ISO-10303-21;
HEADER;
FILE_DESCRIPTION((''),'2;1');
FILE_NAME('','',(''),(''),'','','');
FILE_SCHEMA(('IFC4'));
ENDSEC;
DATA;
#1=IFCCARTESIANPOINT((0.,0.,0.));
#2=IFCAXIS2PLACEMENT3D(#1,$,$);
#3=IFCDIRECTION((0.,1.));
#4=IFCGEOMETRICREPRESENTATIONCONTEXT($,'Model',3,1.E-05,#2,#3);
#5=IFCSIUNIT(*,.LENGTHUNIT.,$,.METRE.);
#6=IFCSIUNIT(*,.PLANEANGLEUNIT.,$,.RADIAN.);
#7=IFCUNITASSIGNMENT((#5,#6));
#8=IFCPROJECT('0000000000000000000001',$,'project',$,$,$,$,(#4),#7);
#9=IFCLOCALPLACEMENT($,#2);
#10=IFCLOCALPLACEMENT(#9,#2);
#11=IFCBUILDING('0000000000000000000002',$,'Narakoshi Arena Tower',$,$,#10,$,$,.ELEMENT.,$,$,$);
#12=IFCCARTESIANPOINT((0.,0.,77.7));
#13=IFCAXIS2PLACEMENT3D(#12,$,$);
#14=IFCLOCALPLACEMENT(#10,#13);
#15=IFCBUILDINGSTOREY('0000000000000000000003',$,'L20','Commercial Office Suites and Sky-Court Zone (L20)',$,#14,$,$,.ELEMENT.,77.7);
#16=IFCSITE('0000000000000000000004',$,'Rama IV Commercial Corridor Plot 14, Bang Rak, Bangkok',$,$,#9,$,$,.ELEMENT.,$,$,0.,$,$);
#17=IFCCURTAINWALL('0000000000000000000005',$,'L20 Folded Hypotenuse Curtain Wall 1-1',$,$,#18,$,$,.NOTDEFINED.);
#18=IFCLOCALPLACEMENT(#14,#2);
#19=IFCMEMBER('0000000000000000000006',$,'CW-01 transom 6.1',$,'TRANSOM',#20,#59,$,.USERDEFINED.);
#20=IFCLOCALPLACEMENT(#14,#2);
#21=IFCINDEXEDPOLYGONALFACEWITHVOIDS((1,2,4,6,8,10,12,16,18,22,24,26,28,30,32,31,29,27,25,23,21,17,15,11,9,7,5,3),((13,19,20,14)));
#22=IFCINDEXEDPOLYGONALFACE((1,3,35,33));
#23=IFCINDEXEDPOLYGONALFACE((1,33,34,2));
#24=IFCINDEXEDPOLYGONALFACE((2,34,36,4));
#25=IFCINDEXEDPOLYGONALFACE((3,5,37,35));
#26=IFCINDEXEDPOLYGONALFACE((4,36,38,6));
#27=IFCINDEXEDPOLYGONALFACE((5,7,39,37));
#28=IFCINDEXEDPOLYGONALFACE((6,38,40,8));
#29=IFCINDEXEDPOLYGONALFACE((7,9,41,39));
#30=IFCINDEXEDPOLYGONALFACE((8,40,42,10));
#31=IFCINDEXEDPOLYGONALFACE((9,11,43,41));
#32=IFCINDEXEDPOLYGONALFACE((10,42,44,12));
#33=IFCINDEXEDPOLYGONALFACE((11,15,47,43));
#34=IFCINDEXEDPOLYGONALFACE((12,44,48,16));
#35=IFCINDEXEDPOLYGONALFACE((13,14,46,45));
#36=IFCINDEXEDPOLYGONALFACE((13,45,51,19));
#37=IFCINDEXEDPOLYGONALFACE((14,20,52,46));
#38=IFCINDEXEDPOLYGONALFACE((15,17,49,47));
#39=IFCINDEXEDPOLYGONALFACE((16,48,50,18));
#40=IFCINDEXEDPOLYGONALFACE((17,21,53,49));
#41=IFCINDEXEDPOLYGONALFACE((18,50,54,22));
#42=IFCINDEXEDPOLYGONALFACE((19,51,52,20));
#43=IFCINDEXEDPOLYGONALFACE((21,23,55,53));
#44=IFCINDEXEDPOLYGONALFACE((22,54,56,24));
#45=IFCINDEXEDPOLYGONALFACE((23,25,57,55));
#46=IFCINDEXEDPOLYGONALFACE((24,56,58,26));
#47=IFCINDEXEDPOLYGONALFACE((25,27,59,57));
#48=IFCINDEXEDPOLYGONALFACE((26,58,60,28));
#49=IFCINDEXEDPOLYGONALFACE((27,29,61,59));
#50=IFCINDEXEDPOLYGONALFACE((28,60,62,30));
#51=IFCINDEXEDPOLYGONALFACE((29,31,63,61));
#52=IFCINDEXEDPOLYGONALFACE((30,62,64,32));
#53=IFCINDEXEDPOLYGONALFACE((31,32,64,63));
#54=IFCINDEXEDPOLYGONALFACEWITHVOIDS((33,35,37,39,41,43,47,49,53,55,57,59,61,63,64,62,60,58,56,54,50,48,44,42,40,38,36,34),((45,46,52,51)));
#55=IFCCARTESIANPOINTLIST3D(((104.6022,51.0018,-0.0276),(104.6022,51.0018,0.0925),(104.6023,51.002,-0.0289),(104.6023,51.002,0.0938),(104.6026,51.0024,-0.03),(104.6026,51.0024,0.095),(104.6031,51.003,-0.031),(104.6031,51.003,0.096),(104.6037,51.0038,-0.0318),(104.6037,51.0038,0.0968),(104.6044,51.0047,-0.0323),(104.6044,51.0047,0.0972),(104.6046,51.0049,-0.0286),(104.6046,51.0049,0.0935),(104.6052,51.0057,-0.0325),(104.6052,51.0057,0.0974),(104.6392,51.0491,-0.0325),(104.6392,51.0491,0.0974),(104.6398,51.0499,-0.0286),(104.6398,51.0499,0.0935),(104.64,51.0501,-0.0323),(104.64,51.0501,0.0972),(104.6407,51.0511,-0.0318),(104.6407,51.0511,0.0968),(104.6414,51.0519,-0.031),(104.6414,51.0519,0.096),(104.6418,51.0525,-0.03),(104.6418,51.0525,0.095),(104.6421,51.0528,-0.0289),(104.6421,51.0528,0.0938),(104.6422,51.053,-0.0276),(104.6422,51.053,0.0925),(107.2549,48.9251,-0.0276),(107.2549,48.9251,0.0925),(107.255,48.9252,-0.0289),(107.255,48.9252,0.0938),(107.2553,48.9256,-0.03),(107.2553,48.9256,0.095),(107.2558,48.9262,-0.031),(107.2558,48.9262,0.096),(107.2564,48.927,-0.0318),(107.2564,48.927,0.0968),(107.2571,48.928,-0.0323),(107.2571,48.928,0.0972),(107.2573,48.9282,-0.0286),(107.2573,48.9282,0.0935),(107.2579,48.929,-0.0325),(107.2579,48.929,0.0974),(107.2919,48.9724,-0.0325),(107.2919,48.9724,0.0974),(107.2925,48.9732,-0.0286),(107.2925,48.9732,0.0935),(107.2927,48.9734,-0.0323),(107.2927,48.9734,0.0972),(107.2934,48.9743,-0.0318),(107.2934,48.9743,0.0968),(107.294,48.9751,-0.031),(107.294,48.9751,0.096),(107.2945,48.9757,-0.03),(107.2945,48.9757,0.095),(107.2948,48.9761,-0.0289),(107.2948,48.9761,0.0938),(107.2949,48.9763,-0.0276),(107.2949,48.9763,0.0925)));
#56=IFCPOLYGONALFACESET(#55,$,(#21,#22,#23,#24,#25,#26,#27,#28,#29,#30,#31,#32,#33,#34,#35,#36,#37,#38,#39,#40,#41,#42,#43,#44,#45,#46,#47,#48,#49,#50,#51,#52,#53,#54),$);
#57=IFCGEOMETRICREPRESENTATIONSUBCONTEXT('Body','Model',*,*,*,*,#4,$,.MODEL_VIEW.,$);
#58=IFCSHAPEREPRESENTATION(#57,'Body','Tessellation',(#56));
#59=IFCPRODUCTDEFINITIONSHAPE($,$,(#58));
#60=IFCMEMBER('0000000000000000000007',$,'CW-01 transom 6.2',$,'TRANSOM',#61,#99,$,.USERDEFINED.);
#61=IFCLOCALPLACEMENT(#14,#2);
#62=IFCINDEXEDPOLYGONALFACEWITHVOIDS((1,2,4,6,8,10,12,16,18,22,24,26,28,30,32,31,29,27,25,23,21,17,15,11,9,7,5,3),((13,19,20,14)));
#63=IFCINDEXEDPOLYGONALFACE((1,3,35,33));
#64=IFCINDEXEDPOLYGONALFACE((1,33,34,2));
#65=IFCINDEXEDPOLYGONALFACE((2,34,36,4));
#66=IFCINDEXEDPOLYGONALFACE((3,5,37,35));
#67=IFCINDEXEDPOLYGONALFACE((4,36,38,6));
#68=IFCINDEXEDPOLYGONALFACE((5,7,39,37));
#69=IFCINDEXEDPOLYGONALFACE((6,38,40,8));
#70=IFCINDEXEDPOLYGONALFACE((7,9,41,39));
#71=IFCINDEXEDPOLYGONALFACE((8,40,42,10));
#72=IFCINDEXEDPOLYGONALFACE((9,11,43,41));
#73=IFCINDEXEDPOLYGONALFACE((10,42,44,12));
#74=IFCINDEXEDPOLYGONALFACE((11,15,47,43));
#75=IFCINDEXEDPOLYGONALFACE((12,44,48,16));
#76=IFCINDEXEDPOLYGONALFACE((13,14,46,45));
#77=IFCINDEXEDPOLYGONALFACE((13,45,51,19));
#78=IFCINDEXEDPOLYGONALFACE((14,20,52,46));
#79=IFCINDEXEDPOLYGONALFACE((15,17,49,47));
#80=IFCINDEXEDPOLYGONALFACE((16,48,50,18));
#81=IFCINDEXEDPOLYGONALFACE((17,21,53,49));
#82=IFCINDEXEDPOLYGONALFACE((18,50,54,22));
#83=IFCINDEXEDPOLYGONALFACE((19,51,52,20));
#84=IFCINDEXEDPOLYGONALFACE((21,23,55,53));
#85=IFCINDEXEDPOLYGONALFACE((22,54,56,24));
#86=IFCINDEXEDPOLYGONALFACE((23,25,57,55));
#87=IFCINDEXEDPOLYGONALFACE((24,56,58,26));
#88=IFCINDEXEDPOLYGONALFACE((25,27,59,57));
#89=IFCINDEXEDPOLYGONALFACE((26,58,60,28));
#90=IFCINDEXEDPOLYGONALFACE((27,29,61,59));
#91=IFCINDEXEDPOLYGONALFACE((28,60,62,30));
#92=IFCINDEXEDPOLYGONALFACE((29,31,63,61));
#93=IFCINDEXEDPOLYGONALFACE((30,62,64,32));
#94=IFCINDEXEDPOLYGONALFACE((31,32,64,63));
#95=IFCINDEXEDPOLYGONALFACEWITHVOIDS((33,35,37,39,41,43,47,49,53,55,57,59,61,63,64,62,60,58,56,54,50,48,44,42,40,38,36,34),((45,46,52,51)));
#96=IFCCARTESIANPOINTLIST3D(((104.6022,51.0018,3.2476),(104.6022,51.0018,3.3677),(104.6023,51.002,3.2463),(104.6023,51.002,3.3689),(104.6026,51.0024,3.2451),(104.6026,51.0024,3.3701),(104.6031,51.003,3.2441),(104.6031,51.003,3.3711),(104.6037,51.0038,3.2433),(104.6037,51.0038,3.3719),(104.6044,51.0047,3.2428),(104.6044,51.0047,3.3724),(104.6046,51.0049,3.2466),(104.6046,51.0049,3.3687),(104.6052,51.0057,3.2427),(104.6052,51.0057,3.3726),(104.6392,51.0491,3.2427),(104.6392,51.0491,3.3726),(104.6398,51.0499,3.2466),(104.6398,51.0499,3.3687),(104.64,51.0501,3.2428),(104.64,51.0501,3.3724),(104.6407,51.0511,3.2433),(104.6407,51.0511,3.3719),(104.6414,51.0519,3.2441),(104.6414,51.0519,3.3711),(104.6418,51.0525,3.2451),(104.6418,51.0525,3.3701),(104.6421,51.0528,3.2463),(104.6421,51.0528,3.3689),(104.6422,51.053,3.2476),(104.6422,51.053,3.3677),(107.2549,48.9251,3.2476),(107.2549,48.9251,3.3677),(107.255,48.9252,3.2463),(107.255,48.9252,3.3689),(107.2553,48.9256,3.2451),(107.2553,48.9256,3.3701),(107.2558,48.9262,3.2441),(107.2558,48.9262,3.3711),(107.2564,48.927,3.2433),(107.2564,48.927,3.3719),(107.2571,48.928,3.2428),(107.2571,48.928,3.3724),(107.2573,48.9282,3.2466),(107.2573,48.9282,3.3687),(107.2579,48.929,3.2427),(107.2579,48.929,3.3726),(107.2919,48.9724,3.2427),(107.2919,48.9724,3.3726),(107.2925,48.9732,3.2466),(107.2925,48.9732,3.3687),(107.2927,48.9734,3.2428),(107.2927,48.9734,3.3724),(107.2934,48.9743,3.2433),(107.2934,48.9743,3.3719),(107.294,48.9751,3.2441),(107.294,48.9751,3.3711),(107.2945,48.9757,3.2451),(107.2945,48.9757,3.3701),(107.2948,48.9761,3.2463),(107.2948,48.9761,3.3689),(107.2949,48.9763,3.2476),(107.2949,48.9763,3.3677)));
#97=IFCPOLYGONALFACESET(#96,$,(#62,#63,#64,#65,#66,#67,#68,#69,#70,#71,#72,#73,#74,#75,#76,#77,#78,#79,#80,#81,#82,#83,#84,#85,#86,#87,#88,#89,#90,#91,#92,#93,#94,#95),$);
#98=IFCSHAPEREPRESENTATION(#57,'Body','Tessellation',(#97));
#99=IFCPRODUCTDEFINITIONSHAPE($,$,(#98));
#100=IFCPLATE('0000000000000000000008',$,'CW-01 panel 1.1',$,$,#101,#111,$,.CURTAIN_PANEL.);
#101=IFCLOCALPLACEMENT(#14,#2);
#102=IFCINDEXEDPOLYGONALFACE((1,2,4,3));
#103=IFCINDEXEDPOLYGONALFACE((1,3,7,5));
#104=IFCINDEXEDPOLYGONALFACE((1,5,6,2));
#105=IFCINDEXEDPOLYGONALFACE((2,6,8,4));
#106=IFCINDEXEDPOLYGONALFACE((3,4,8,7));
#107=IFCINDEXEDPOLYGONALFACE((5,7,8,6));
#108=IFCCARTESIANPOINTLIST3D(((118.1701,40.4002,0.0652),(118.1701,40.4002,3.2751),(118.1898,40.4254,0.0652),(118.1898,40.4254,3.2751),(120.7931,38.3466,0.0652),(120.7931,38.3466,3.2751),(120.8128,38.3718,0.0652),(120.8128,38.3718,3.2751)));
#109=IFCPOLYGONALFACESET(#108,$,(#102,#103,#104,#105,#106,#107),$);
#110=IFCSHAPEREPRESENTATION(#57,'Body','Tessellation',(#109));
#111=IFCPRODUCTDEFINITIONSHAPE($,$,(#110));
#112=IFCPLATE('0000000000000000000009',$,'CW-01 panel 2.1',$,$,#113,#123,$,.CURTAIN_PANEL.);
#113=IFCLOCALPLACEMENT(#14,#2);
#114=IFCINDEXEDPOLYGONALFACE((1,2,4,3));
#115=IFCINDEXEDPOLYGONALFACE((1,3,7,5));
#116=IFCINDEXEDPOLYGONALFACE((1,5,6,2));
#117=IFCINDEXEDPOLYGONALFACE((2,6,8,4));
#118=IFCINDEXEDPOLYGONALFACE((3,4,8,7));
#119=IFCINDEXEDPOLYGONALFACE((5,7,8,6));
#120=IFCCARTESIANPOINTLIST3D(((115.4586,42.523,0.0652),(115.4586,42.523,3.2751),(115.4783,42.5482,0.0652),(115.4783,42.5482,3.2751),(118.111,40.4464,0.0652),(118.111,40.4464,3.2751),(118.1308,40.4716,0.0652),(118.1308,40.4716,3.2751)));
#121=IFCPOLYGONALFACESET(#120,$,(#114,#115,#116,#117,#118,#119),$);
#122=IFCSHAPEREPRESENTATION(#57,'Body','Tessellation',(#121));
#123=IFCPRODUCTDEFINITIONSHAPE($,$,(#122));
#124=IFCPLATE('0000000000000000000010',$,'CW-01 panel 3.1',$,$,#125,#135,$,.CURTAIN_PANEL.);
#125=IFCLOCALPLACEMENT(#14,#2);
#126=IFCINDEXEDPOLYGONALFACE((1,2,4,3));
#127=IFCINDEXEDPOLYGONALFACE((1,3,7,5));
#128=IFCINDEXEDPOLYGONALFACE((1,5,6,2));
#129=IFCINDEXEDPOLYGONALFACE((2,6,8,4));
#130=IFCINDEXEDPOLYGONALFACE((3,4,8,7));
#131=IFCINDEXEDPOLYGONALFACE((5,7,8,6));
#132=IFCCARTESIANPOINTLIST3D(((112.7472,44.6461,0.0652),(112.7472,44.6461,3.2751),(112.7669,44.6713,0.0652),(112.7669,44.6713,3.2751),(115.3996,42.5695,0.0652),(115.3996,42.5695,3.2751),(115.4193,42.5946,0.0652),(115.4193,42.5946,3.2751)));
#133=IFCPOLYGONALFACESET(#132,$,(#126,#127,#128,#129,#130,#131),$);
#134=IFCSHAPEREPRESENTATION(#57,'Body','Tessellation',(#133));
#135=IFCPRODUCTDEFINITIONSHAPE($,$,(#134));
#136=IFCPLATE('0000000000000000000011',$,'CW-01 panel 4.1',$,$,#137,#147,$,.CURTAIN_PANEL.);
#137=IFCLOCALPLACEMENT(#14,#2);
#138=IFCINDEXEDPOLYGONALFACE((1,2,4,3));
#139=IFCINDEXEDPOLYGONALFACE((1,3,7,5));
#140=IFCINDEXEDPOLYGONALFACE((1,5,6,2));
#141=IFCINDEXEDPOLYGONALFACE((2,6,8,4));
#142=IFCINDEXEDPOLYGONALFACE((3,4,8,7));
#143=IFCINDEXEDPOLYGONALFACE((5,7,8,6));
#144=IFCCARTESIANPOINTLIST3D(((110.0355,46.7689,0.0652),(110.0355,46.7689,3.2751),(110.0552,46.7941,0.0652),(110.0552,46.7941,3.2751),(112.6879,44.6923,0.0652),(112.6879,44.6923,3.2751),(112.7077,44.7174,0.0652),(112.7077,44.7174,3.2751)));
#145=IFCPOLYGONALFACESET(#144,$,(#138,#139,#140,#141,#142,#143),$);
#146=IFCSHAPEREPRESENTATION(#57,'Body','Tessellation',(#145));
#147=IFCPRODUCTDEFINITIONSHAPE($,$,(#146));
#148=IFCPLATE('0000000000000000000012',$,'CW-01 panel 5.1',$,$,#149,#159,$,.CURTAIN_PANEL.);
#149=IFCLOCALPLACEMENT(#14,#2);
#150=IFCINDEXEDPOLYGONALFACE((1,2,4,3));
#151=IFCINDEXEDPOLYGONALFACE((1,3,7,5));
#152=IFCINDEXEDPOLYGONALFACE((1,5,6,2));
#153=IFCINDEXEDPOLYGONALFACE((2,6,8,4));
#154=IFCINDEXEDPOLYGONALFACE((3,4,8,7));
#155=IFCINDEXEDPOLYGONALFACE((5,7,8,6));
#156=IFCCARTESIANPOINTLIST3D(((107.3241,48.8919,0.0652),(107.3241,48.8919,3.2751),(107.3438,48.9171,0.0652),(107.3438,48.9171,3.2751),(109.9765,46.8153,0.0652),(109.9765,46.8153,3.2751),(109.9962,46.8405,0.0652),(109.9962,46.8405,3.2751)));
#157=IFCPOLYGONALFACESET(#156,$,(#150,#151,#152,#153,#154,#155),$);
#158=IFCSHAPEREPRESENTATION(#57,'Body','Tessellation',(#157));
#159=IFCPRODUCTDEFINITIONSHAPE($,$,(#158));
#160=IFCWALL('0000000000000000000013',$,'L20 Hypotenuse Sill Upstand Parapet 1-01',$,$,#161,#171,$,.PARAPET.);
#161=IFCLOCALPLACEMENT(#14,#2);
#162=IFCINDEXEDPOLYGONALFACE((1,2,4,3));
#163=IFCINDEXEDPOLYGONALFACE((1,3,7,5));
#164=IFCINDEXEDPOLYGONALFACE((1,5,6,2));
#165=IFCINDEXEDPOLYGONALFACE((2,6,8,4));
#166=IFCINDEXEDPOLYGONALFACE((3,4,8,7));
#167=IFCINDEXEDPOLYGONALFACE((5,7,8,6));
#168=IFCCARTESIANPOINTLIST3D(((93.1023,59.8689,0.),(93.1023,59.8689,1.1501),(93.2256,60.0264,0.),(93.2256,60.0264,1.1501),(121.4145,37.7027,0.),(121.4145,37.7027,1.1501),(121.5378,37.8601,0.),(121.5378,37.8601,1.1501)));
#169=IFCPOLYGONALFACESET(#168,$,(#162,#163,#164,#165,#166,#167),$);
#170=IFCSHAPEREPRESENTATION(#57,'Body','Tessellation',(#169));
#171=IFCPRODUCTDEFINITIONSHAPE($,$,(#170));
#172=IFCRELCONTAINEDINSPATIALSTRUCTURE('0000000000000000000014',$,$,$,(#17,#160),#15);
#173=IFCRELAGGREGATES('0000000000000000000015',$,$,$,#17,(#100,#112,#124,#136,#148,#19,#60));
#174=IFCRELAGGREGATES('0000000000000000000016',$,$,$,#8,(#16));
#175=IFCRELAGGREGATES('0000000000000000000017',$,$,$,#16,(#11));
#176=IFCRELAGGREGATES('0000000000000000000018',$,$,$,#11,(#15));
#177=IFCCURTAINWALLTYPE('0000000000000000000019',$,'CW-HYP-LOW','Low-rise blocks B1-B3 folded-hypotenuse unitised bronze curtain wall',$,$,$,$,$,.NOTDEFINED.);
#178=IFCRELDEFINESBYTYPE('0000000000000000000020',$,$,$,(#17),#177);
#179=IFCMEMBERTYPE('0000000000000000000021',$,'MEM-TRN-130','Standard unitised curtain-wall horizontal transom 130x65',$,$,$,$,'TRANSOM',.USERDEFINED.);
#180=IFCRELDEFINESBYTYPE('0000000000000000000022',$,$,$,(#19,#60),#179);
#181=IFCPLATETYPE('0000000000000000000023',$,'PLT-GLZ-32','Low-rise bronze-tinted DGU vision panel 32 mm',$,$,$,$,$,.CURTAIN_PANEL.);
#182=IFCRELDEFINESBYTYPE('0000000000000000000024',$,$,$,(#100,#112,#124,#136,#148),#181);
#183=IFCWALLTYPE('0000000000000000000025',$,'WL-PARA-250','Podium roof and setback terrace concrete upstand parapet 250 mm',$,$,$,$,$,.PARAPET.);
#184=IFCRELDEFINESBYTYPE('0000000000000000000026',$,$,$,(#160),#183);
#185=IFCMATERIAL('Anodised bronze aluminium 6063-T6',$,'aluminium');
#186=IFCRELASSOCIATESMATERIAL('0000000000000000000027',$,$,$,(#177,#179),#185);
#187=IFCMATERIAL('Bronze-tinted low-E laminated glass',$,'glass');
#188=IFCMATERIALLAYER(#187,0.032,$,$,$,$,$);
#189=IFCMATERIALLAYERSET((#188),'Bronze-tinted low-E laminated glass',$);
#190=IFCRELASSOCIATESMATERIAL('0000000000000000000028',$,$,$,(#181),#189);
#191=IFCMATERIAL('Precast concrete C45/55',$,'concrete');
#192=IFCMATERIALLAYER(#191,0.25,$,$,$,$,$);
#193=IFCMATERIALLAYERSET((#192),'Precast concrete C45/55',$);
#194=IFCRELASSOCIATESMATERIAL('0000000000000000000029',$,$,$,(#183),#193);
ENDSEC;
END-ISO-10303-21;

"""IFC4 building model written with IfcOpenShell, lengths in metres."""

from ifc_helpers import new_model, si_unit, direction, frame, frame_2d, origin, origin_2d, place, context, subcontext, project, spatial, rectangle, hollow_rectangle, extrude, material, layer, layer_set, material_profile, profile_set, type_object, element, aggregate, save


model = new_model("IFC4")

# Units and contexts
model_context = context("Model", 3, precision=1e-05, world=origin(), true_north=direction((0.0, 1.0)))
body_context = subcontext(model_context, "Body", "Model", "MODEL_VIEW")
ifc_project = project(units=[si_unit("LENGTHUNIT", "METRE"), si_unit("PLANEANGLEUNIT", "RADIAN")], contexts=[model_context])

# Site, building, storey
site_placement = place(None, origin())
site = spatial("IfcSite", under=ifc_project, at=site_placement, Name="Rama IV Commercial Corridor Plot 14, Bang Rak, Bangkok", CompositionType="ELEMENT", RefElevation=0.0)
building_placement = place(site_placement, origin())
building = spatial("IfcBuilding", under=site, at=building_placement, Name="Narakoshi Arena Tower", CompositionType="ELEMENT")
storey_placement = place(building_placement, frame((0.0, 0.0, 77.7)))
storey = spatial("IfcBuildingStorey", under=building, at=storey_placement, Name="L20", Description="Commercial Office Suites and Sky-Court Zone (L20)", CompositionType="ELEMENT", Elevation=77.7)

# Curtain wall, members, plates
ifc_material_1 = material(Name="Anodised bronze aluminium 6063-T6", Category="aluminium")
curtain_wall_type = type_object("IfcCurtainWallType", Name="CW-HYP-LOW", Description="Low-rise blocks B1-B3 folded-hypotenuse unitised bronze curtain wall", PredefinedType="NOTDEFINED", material=ifc_material_1)
curtain_wall_placement = place(storey_placement, origin())
curtain_wall = element("IfcCurtainWall", 1, at=curtain_wall_placement, inside=storey, type_object=curtain_wall_type, Name="L20 Folded Hypotenuse Curtain Wall 1-1", PredefinedType="NOTDEFINED")
ifc_material_profile_1 = material_profile(ifc_material_1, hollow_rectangle(XDim=0.0649, YDim=0.1299, WallThickness=0.0039, OuterFilletRadius=0.0049, at=origin_2d()), Name="TRN130x65x4")
ifc_profile_set_1 = profile_set([ifc_material_profile_1], Name="Anodised bronze aluminium 6063-T6")
member_type_1 = type_object("IfcMemberType", Name="MEM-TRN-130", Description="Standard unitised curtain-wall horizontal transom 130x65", ElementType="TRANSOM", PredefinedType="USERDEFINED", material=ifc_profile_set_1)
member_1_placement = place(storey_placement, frame((107.2749, 48.9507, 0.0325), z_axis=(-0.787401, 0.616441, 0.0), x_axis=(-0.616441, -0.787401, 0.0)))
member_1 = element("IfcMember", 2, at=member_1_placement, type_object=member_type_1, Name="CW-01 transom 6.1", ObjectType="TRANSOM", PredefinedType="USERDEFINED", context=body_context, shape_type="SweptSolid", body=[
    extrude(hollow_rectangle(XDim=0.0649, YDim=0.1299, WallThickness=0.0039, OuterFilletRadius=0.0049, at=origin_2d()), origin(), (0.0, 0.0, 1.0), 3.3689),
])
member_2_placement = place(storey_placement, frame((107.2749, 48.9507, 3.3076), z_axis=(-0.787401, 0.616441, 0.0), x_axis=(-0.616441, -0.787401, 0.0)))
member_2 = element("IfcMember", 3, at=member_2_placement, type_object=member_type_1, Name="CW-01 transom 6.2", ObjectType="TRANSOM", PredefinedType="USERDEFINED", context=body_context, shape_type="SweptSolid", body=[
    extrude(hollow_rectangle(XDim=0.0649, YDim=0.1299, WallThickness=0.0039, OuterFilletRadius=0.0049, at=origin_2d()), origin(), (0.0, 0.0, 1.0), 3.3689),
])
ifc_material_2 = material(Name="Bronze-tinted low-E laminated glass", Category="glass")
ifc_layer_1 = layer(ifc_material_2, 0.032)
ifc_layer_set_1 = layer_set([ifc_layer_1], Name="Bronze-tinted low-E laminated glass")
plate_type = type_object("IfcPlateType", Name="PLT-GLZ-32", Description="Low-rise bronze-tinted DGU vision panel 32 mm", PredefinedType="CURTAIN_PANEL", material=ifc_layer_set_1)
plate_1_placement = place(storey_placement, frame((119.4915, 39.386, 0.0652), z_axis=(0.0, 0.0, 1.0), x_axis=(-0.787388, 0.616458, 0.0)))
plate_1 = element("IfcPlate", 4, at=plate_1_placement, type_object=plate_type, Name="CW-01 panel 1.1", PredefinedType="CURTAIN_PANEL", context=body_context, shape_type="SweptSolid", body=[
    extrude(rectangle(XDim=3.3313, YDim=0.032, at=origin_2d()), origin(), (0.0, 0.0, 1.0), 3.21),
])
plate_2_placement = place(storey_placement, frame((116.7947, 41.4973, 0.0652), z_axis=(0.0, 0.0, 1.0), x_axis=(-0.787388, 0.616458, 0.0)))
plate_2 = element("IfcPlate", 5, at=plate_2_placement, type_object=plate_type, Name="CW-01 panel 2.1", PredefinedType="CURTAIN_PANEL", context=body_context, shape_type="SweptSolid", body=[
    extrude(rectangle(XDim=3.3687, YDim=0.032, at=origin_2d()), origin(), (0.0, 0.0, 1.0), 3.21),
])
plate_3_placement = place(storey_placement, frame((114.0833, 43.6204, 0.0652), z_axis=(0.0, 0.0, 1.0), x_axis=(-0.787388, 0.616458, 0.0)))
plate_3 = element("IfcPlate", 6, at=plate_3_placement, type_object=plate_type, Name="CW-01 panel 3.1", PredefinedType="CURTAIN_PANEL", context=body_context, shape_type="SweptSolid", body=[
    extrude(rectangle(XDim=3.3687, YDim=0.032, at=origin_2d()), origin(), (0.0, 0.0, 1.0), 3.21),
])
plate_4_placement = place(storey_placement, frame((111.3716, 45.7432, 0.0652), z_axis=(0.0, 0.0, 1.0), x_axis=(-0.787388, 0.616458, 0.0)))
plate_4 = element("IfcPlate", 7, at=plate_4_placement, type_object=plate_type, Name="CW-01 panel 4.1", PredefinedType="CURTAIN_PANEL", context=body_context, shape_type="SweptSolid", body=[
    extrude(rectangle(XDim=3.3687, YDim=0.032, at=origin_2d()), origin(), (0.0, 0.0, 1.0), 3.21),
])
plate_5_placement = place(storey_placement, frame((108.6602, 47.8662, 0.0652), z_axis=(0.0, 0.0, 1.0), x_axis=(-0.787388, 0.616458, 0.0)))
plate_5 = element("IfcPlate", 8, at=plate_5_placement, type_object=plate_type, Name="CW-01 panel 5.1", PredefinedType="CURTAIN_PANEL", context=body_context, shape_type="SweptSolid", body=[
    extrude(rectangle(XDim=3.3687, YDim=0.032, at=origin_2d()), origin(), (0.0, 0.0, 1.0), 3.21),
])
aggregate(curtain_wall, [plate_1, plate_2, plate_3, plate_4, plate_5, member_1, member_2])

# Wall
ifc_material_3 = material(Name="Precast concrete C45/55", Category="concrete")
ifc_layer_2 = layer(ifc_material_3, 0.25)
ifc_layer_set_2 = layer_set([ifc_layer_2], Name="Precast concrete C45/55")
wall_type_1 = type_object("IfcWallType", Name="WL-PARA-250", Description="Podium roof and setback terrace concrete upstand parapet 250 mm", PredefinedType="PARAPET", material=ifc_layer_set_2)
wall_1_placement = place(storey_placement, frame((121.4761, 37.7815, 0.0), z_axis=(0.0, 0.0, 1.0), x_axis=(-0.787386, 0.616461, 0.0)))
element("IfcWall", 9, at=wall_1_placement, inside=storey, type_object=wall_type_1, Name="L20 Hypotenuse Sill Upstand Parapet 1-01", PredefinedType="PARAPET", context=body_context, shape_type="SweptSolid", body=[
    extrude(rectangle(XDim=35.9573, YDim=0.2, at=frame_2d((17.9785, 0.0))), origin(), (0.0, 0.0, 1.0), 1.1501),
])

save(model, "model.ifc")
